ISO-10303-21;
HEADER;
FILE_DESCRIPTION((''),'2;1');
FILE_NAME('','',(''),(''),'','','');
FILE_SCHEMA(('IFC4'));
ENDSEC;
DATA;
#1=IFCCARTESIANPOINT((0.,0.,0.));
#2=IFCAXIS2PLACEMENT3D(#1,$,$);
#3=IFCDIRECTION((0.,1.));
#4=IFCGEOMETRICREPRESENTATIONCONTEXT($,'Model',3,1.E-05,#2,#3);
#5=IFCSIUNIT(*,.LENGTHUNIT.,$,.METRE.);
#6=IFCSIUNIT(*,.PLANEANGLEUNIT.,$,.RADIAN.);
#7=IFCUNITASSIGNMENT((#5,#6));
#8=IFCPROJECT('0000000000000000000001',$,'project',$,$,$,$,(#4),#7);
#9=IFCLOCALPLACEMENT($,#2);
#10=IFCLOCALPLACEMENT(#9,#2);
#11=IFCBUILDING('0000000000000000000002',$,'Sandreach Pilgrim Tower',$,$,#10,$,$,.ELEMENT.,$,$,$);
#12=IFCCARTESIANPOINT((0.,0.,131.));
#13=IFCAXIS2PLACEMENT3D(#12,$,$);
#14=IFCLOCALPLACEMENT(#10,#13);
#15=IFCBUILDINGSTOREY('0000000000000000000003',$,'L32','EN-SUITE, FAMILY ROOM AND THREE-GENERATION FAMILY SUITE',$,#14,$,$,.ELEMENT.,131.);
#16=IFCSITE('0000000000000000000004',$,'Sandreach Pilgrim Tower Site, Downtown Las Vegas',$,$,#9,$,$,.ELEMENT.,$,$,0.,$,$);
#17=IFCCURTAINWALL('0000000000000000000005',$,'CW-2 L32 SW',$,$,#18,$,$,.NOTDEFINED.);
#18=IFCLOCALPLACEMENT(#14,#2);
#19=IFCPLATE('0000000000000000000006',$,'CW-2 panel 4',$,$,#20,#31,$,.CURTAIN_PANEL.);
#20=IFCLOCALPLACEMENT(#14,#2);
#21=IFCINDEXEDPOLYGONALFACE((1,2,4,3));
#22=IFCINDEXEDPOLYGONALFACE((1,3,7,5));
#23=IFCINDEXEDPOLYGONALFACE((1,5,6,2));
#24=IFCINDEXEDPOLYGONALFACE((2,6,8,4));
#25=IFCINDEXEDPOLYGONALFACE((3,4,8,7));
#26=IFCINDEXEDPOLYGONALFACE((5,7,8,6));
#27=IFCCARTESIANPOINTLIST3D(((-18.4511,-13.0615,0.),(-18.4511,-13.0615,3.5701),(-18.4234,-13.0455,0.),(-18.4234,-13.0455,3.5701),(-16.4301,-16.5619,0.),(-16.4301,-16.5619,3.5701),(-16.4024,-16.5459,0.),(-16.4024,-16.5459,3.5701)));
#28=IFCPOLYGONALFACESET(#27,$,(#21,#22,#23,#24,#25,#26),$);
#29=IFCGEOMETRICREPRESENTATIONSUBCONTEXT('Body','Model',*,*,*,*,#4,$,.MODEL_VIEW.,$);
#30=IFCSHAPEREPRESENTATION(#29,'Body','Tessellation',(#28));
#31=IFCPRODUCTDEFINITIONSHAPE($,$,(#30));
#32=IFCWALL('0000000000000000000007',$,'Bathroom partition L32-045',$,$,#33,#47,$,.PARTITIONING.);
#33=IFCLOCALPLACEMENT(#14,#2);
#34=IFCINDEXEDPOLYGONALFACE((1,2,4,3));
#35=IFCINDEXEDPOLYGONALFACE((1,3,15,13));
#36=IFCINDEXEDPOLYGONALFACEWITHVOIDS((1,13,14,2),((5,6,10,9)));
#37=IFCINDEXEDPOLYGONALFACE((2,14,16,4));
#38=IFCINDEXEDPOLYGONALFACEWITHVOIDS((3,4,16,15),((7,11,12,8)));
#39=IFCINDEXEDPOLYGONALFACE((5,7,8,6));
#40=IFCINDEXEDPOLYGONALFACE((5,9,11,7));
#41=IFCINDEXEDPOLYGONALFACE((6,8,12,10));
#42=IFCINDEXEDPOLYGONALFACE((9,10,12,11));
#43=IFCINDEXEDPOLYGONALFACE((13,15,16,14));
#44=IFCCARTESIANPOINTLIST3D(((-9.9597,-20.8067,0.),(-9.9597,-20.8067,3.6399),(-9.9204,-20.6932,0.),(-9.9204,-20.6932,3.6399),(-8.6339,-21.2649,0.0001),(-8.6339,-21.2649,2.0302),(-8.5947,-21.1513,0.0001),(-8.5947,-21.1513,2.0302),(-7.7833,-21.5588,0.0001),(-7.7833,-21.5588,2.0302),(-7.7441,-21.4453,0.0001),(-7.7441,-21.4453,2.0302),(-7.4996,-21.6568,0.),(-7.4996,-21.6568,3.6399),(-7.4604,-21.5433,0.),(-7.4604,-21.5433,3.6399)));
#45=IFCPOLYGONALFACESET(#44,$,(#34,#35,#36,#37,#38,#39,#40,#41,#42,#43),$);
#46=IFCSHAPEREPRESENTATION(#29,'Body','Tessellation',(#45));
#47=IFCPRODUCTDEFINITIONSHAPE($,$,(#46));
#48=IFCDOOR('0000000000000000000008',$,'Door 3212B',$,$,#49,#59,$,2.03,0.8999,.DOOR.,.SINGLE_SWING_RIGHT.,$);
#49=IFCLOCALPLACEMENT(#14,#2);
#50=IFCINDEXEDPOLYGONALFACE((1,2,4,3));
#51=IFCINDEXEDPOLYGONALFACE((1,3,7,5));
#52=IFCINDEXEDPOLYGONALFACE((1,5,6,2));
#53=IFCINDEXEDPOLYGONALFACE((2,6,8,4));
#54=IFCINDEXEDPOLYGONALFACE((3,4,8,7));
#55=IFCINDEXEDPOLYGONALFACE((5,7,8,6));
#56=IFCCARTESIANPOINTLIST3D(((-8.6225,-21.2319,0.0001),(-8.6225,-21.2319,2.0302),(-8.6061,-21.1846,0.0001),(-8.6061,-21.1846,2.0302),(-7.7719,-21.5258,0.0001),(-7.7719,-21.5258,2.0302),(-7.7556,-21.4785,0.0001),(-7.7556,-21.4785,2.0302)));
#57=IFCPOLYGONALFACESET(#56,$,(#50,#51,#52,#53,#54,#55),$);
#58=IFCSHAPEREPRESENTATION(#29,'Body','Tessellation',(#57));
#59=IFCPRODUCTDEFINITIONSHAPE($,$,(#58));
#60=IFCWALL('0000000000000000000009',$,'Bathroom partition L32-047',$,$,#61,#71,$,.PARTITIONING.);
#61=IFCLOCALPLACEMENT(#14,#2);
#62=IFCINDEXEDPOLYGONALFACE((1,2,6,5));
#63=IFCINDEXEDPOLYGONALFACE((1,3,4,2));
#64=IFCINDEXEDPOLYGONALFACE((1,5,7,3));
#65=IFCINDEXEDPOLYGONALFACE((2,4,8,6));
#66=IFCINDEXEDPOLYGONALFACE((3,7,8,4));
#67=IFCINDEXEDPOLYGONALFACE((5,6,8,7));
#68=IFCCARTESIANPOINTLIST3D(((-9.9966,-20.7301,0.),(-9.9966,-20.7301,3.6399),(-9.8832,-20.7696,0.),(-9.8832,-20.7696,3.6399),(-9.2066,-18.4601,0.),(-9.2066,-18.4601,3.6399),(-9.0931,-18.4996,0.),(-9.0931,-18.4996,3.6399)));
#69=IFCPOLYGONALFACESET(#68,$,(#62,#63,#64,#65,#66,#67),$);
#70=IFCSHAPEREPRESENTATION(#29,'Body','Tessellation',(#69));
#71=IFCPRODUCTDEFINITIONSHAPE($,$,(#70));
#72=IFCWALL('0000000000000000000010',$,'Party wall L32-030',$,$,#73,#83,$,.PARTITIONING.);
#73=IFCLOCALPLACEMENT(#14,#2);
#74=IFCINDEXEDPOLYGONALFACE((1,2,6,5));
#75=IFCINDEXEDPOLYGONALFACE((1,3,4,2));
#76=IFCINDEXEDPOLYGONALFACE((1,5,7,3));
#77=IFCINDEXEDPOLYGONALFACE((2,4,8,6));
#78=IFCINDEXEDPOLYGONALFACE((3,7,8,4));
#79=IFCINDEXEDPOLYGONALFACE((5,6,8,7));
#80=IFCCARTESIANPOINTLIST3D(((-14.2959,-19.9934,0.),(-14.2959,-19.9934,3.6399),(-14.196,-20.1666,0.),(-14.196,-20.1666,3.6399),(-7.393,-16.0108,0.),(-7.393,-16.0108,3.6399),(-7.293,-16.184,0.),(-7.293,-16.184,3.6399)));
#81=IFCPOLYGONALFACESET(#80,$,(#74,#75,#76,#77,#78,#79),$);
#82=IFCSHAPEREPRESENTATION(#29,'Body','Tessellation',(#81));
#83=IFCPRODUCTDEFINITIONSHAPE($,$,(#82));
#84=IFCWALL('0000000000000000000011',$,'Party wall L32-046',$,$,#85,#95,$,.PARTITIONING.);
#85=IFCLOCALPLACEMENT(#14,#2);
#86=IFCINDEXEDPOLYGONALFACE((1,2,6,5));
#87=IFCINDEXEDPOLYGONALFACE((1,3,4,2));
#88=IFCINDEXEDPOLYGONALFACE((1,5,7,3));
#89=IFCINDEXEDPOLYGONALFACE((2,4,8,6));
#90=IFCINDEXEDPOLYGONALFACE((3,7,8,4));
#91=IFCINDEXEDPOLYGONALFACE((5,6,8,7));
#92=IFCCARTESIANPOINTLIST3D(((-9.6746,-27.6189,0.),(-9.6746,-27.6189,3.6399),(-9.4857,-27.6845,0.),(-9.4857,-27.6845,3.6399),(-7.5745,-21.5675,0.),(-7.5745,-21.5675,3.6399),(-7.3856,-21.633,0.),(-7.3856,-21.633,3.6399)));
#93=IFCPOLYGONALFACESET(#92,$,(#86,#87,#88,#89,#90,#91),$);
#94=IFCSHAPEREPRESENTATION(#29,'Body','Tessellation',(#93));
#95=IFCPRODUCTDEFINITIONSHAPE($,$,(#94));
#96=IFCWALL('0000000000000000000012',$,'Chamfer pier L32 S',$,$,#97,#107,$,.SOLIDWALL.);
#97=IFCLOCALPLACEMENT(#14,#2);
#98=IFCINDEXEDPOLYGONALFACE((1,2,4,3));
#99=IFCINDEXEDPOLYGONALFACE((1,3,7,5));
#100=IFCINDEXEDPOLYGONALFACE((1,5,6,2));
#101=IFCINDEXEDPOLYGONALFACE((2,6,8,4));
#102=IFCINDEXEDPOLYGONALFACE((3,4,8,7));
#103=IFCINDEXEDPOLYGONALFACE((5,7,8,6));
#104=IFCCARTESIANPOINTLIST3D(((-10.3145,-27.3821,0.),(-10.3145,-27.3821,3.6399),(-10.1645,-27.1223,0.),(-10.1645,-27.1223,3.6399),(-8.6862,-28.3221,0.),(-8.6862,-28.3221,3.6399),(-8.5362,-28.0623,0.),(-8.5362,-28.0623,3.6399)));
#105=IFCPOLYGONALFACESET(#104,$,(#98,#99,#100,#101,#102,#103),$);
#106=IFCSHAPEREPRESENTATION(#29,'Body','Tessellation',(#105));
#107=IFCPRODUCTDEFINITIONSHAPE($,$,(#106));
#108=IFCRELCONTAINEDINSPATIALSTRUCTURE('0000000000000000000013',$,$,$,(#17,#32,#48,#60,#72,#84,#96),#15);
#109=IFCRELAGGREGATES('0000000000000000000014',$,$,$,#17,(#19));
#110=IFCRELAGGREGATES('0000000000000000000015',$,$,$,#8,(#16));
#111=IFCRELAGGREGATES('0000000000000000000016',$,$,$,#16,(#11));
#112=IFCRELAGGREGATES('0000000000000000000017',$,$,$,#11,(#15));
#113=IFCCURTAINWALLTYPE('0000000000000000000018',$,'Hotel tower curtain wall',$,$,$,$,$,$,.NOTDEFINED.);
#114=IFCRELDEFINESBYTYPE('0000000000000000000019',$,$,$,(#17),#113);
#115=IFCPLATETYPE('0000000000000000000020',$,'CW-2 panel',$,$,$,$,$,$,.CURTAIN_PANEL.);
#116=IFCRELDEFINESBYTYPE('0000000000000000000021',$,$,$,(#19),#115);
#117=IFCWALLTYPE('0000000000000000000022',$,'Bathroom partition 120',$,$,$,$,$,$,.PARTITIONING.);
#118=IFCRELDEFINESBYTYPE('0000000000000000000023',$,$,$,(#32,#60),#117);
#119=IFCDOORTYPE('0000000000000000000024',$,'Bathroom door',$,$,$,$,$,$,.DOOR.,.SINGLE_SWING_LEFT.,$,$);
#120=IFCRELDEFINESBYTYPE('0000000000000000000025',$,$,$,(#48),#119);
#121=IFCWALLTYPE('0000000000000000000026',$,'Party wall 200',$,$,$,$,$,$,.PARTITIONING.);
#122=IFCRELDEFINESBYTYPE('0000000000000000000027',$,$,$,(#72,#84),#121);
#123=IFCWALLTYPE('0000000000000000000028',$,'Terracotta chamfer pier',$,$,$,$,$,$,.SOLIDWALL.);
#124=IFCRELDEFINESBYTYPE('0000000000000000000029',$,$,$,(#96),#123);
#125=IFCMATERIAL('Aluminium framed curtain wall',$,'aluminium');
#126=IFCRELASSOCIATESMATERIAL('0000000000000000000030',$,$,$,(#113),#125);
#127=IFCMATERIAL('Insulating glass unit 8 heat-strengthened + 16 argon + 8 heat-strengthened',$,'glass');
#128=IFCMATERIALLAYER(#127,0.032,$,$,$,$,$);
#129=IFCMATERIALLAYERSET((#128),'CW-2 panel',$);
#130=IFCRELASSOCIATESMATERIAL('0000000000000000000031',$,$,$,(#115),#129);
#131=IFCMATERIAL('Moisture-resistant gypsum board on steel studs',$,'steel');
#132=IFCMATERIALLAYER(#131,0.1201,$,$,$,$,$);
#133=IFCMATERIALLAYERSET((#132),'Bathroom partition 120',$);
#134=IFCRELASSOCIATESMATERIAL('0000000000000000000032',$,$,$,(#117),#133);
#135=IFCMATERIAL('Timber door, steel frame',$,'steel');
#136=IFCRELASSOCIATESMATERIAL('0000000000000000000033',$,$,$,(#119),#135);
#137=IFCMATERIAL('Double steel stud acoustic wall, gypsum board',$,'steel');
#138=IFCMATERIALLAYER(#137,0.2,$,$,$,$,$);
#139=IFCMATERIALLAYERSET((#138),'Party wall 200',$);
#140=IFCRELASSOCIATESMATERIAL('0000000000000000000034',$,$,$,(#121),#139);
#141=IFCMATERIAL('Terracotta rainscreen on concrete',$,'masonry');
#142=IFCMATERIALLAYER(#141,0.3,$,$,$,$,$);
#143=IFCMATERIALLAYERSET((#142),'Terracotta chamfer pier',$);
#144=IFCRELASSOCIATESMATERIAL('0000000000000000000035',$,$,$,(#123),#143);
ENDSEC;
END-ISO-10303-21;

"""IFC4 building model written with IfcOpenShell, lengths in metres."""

from ifc_helpers import new_model, si_unit, direction, frame, frame_2d, origin, origin_2d, place, context, subcontext, project, spatial, rectangle, extrude, material, layer, layer_set, type_object, element, fill, aggregate, save


model = new_model("IFC4")

# Units and contexts
model_context = context("Model", 3, precision=1e-05, world=origin(), true_north=direction((0.0, 1.0)))
body_context = subcontext(model_context, "Body", "Model", "MODEL_VIEW")
ifc_project = project(units=[si_unit("LENGTHUNIT", "METRE"), si_unit("PLANEANGLEUNIT", "RADIAN")], contexts=[model_context])

# Site, building, storey
site_placement = place(None, origin())
site = spatial("IfcSite", under=ifc_project, at=site_placement, Name="Sandreach Pilgrim Tower Site, Downtown Las Vegas", CompositionType="ELEMENT", RefElevation=0.0)
building_placement = place(site_placement, origin())
building = spatial("IfcBuilding", under=site, at=building_placement, Name="Sandreach Pilgrim Tower", CompositionType="ELEMENT")
storey_placement = place(building_placement, frame((0.0, 0.0, 131.0)))
storey = spatial("IfcBuildingStorey", under=building, at=storey_placement, Name="L32", Description="EN-SUITE, FAMILY ROOM AND THREE-GENERATION FAMILY SUITE", CompositionType="ELEMENT", Elevation=131.0)

# Curtain wall
ifc_material_1 = material(Name="Aluminium framed curtain wall", Category="aluminium")
curtain_wall_type = type_object("IfcCurtainWallType", Name="Hotel tower curtain wall", PredefinedType="NOTDEFINED", material=ifc_material_1)
curtain_wall_placement = place(storey_placement, origin())
curtain_wall = element("IfcCurtainWall", 1, at=curtain_wall_placement, inside=storey, type_object=curtain_wall_type, Name="CW-2 L32 SW", PredefinedType="NOTDEFINED")

# Plate
ifc_material_2 = material(Name="Insulating glass unit 8 heat-strengthened + 16 argon + 8 heat-strengthened", Category="glass")
ifc_layer_1 = layer(ifc_material_2, 0.032)
ifc_layer_set_1 = layer_set([ifc_layer_1], Name="CW-2 panel")
plate_type = type_object("IfcPlateType", Name="CW-2 panel", PredefinedType="CURTAIN_PANEL", material=ifc_layer_set_1)
plate_1_placement = place(storey_placement, frame((-17.4268, -14.8037, 0.0), z_axis=(0.0, 0.0, 1.0), x_axis=(-0.5, 0.866025, 0.0)))
plate_1 = element("IfcPlate", 2, at=plate_1_placement, type_object=plate_type, Name="CW-2 panel 4", PredefinedType="CURTAIN_PANEL", context=body_context, shape_type="SweptSolid", body=[
    extrude(rectangle(XDim=4.042, YDim=0.032, at=origin_2d()), origin(), (0.0, 0.0, 1.0), 3.5701),
])
aggregate(curtain_wall, [plate_1])

# Wall, opening, door
ifc_material_3 = material(Name="Moisture-resistant gypsum board on steel studs", Category="steel")
ifc_layer_2 = layer(ifc_material_3, 0.1201)
ifc_layer_set_2 = layer_set([ifc_layer_2], Name="Bathroom partition 120")
wall_type_1 = type_object("IfcWallType", Name="Bathroom partition 120", PredefinedType="PARTITIONING", material=ifc_layer_set_2)
wall_1_placement = place(storey_placement, frame((-9.9399, -20.75, 0.0), z_axis=(0.0, 0.0, 1.0), x_axis=(0.945155, -0.326621, 0.0)))
wall_1 = element("IfcWall", 3, at=wall_1_placement, inside=storey, type_object=wall_type_1, Name="Bathroom partition L32-045", PredefinedType="PARTITIONING", context=body_context, shape_type="SweptSolid", body=[
    extrude(rectangle(XDim=2.6028, YDim=0.1201, at=frame_2d((1.3013, 0.0))), origin(), (0.0, 0.0, 1.0), 3.6399),
])
opening_placement = place(wall_1_placement, frame((1.4026, 0.0, 0.0)))
opening = element("IfcOpeningElement", 4, at=opening_placement, cuts=wall_1, PredefinedType="OPENING", context=body_context, shape_type="SweptSolid", body=[
    extrude(rectangle(XDim=0.8999, YDim=2.03, at=frame_2d((0.45, 1.0151))), frame((0.0, 0.0601, 0.0), z_axis=(0.0, -1.0, 0.0), x_axis=(1.0, 0.0, 0.0)), (0.0, 0.0, 1.0), 0.1201),
])
ifc_material_4 = material(Name="Timber door, steel frame", Category="steel")
door_type = type_object("IfcDoorType", Name="Bathroom door", OperationType="SINGLE_SWING_LEFT", PredefinedType="DOOR", material=ifc_material_4)
door_placement = place(opening_placement, origin())
door = element("IfcDoor", 5, at=door_placement, inside=storey, type_object=door_type, Name="Door 3212B", OperationType="SINGLE_SWING_RIGHT", OverallHeight=2.03, OverallWidth=0.8999, PredefinedType="DOOR", context=body_context, shape_type="SweptSolid", body=[
    extrude(rectangle(XDim=0.8999, YDim=2.03, at=frame_2d((0.45, 1.0151))), frame((0.0, 0.0249, 0.0), z_axis=(0.0, -1.0, 0.0), x_axis=(1.0, 0.0, 0.0)), (0.0, 0.0, 1.0), 0.05),
])
fill(opening, door)

# Walls
wall_2_placement = place(storey_placement, frame((-9.1499, -18.48, 0.0), z_axis=(0.0, 0.0, 1.0), x_axis=(-0.328694, -0.944436, 0.0)))
element("IfcWall", 6, at=wall_2_placement, inside=storey, type_object=wall_type_1, Name="Bathroom partition L32-047", PredefinedType="PARTITIONING", context=body_context, shape_type="SweptSolid", body=[
    extrude(rectangle(XDim=2.4036, YDim=0.1201, at=frame_2d((1.2017, 0.0))), origin(), (0.0, 0.0, 1.0), 3.6399),
])
ifc_material_5 = material(Name="Double steel stud acoustic wall, gypsum board", Category="steel")
ifc_layer_3 = layer(ifc_material_5, 0.2)
ifc_layer_set_3 = layer_set([ifc_layer_3], Name="Party wall 200")
wall_type_2 = type_object("IfcWallType", Name="Party wall 200", PredefinedType="PARTITIONING", material=ifc_layer_set_3)
wall_3_placement = place(storey_placement, frame((-14.2461, -20.0801, 0.0), z_axis=(0.0, 0.0, 1.0), x_axis=(0.866179, 0.499734, 0.0)))
element("IfcWall", 7, at=wall_3_placement, inside=storey, type_object=wall_type_2, Name="Party wall L32-030", PredefinedType="PARTITIONING", context=body_context, shape_type="SweptSolid", body=[
    extrude(rectangle(XDim=7.9695, YDim=0.2, at=frame_2d((3.9849, 0.0))), origin(), (0.0, 0.0, 1.0), 3.6399),
])
wall_4_placement = place(storey_placement, frame((-9.5801, -27.6516, 0.0), z_axis=(0.0, 0.0, 1.0), x_axis=(0.327855, 0.944728, 0.0)))
element("IfcWall", 8, at=wall_4_placement, inside=storey, type_object=wall_type_2, Name="Party wall L32-046", PredefinedType="PARTITIONING", context=body_context, shape_type="SweptSolid", body=[
    extrude(rectangle(XDim=6.4055, YDim=0.2, at=frame_2d((3.2026, 0.0))), origin(), (0.0, 0.0, 1.0), 3.6399),
])
ifc_material_6 = material(Name="Terracotta rainscreen on concrete", Category="masonry")
ifc_layer_4 = layer(ifc_material_6, 0.3)
ifc_layer_set_4 = layer_set([ifc_layer_4], Name="Terracotta chamfer pier")
wall_type_3 = type_object("IfcWallType", Name="Terracotta chamfer pier", PredefinedType="SOLIDWALL", material=ifc_layer_set_4)
wall_5_placement = place(storey_placement, frame((-8.6113, -28.1921, 0.0), z_axis=(0.0, 0.0, 1.0), x_axis=(-0.866045, 0.499966, 0.0)))
element("IfcWall", 9, at=wall_5_placement, inside=storey, type_object=wall_type_3, Name="Chamfer pier L32 S", PredefinedType="SOLIDWALL", context=body_context, shape_type="SweptSolid", body=[
    extrude(rectangle(XDim=1.8801, YDim=0.3, at=frame_2d((0.9399, 0.0))), origin(), (0.0, 0.0, 1.0), 3.6399),
])

save(model, "model.ifc")
